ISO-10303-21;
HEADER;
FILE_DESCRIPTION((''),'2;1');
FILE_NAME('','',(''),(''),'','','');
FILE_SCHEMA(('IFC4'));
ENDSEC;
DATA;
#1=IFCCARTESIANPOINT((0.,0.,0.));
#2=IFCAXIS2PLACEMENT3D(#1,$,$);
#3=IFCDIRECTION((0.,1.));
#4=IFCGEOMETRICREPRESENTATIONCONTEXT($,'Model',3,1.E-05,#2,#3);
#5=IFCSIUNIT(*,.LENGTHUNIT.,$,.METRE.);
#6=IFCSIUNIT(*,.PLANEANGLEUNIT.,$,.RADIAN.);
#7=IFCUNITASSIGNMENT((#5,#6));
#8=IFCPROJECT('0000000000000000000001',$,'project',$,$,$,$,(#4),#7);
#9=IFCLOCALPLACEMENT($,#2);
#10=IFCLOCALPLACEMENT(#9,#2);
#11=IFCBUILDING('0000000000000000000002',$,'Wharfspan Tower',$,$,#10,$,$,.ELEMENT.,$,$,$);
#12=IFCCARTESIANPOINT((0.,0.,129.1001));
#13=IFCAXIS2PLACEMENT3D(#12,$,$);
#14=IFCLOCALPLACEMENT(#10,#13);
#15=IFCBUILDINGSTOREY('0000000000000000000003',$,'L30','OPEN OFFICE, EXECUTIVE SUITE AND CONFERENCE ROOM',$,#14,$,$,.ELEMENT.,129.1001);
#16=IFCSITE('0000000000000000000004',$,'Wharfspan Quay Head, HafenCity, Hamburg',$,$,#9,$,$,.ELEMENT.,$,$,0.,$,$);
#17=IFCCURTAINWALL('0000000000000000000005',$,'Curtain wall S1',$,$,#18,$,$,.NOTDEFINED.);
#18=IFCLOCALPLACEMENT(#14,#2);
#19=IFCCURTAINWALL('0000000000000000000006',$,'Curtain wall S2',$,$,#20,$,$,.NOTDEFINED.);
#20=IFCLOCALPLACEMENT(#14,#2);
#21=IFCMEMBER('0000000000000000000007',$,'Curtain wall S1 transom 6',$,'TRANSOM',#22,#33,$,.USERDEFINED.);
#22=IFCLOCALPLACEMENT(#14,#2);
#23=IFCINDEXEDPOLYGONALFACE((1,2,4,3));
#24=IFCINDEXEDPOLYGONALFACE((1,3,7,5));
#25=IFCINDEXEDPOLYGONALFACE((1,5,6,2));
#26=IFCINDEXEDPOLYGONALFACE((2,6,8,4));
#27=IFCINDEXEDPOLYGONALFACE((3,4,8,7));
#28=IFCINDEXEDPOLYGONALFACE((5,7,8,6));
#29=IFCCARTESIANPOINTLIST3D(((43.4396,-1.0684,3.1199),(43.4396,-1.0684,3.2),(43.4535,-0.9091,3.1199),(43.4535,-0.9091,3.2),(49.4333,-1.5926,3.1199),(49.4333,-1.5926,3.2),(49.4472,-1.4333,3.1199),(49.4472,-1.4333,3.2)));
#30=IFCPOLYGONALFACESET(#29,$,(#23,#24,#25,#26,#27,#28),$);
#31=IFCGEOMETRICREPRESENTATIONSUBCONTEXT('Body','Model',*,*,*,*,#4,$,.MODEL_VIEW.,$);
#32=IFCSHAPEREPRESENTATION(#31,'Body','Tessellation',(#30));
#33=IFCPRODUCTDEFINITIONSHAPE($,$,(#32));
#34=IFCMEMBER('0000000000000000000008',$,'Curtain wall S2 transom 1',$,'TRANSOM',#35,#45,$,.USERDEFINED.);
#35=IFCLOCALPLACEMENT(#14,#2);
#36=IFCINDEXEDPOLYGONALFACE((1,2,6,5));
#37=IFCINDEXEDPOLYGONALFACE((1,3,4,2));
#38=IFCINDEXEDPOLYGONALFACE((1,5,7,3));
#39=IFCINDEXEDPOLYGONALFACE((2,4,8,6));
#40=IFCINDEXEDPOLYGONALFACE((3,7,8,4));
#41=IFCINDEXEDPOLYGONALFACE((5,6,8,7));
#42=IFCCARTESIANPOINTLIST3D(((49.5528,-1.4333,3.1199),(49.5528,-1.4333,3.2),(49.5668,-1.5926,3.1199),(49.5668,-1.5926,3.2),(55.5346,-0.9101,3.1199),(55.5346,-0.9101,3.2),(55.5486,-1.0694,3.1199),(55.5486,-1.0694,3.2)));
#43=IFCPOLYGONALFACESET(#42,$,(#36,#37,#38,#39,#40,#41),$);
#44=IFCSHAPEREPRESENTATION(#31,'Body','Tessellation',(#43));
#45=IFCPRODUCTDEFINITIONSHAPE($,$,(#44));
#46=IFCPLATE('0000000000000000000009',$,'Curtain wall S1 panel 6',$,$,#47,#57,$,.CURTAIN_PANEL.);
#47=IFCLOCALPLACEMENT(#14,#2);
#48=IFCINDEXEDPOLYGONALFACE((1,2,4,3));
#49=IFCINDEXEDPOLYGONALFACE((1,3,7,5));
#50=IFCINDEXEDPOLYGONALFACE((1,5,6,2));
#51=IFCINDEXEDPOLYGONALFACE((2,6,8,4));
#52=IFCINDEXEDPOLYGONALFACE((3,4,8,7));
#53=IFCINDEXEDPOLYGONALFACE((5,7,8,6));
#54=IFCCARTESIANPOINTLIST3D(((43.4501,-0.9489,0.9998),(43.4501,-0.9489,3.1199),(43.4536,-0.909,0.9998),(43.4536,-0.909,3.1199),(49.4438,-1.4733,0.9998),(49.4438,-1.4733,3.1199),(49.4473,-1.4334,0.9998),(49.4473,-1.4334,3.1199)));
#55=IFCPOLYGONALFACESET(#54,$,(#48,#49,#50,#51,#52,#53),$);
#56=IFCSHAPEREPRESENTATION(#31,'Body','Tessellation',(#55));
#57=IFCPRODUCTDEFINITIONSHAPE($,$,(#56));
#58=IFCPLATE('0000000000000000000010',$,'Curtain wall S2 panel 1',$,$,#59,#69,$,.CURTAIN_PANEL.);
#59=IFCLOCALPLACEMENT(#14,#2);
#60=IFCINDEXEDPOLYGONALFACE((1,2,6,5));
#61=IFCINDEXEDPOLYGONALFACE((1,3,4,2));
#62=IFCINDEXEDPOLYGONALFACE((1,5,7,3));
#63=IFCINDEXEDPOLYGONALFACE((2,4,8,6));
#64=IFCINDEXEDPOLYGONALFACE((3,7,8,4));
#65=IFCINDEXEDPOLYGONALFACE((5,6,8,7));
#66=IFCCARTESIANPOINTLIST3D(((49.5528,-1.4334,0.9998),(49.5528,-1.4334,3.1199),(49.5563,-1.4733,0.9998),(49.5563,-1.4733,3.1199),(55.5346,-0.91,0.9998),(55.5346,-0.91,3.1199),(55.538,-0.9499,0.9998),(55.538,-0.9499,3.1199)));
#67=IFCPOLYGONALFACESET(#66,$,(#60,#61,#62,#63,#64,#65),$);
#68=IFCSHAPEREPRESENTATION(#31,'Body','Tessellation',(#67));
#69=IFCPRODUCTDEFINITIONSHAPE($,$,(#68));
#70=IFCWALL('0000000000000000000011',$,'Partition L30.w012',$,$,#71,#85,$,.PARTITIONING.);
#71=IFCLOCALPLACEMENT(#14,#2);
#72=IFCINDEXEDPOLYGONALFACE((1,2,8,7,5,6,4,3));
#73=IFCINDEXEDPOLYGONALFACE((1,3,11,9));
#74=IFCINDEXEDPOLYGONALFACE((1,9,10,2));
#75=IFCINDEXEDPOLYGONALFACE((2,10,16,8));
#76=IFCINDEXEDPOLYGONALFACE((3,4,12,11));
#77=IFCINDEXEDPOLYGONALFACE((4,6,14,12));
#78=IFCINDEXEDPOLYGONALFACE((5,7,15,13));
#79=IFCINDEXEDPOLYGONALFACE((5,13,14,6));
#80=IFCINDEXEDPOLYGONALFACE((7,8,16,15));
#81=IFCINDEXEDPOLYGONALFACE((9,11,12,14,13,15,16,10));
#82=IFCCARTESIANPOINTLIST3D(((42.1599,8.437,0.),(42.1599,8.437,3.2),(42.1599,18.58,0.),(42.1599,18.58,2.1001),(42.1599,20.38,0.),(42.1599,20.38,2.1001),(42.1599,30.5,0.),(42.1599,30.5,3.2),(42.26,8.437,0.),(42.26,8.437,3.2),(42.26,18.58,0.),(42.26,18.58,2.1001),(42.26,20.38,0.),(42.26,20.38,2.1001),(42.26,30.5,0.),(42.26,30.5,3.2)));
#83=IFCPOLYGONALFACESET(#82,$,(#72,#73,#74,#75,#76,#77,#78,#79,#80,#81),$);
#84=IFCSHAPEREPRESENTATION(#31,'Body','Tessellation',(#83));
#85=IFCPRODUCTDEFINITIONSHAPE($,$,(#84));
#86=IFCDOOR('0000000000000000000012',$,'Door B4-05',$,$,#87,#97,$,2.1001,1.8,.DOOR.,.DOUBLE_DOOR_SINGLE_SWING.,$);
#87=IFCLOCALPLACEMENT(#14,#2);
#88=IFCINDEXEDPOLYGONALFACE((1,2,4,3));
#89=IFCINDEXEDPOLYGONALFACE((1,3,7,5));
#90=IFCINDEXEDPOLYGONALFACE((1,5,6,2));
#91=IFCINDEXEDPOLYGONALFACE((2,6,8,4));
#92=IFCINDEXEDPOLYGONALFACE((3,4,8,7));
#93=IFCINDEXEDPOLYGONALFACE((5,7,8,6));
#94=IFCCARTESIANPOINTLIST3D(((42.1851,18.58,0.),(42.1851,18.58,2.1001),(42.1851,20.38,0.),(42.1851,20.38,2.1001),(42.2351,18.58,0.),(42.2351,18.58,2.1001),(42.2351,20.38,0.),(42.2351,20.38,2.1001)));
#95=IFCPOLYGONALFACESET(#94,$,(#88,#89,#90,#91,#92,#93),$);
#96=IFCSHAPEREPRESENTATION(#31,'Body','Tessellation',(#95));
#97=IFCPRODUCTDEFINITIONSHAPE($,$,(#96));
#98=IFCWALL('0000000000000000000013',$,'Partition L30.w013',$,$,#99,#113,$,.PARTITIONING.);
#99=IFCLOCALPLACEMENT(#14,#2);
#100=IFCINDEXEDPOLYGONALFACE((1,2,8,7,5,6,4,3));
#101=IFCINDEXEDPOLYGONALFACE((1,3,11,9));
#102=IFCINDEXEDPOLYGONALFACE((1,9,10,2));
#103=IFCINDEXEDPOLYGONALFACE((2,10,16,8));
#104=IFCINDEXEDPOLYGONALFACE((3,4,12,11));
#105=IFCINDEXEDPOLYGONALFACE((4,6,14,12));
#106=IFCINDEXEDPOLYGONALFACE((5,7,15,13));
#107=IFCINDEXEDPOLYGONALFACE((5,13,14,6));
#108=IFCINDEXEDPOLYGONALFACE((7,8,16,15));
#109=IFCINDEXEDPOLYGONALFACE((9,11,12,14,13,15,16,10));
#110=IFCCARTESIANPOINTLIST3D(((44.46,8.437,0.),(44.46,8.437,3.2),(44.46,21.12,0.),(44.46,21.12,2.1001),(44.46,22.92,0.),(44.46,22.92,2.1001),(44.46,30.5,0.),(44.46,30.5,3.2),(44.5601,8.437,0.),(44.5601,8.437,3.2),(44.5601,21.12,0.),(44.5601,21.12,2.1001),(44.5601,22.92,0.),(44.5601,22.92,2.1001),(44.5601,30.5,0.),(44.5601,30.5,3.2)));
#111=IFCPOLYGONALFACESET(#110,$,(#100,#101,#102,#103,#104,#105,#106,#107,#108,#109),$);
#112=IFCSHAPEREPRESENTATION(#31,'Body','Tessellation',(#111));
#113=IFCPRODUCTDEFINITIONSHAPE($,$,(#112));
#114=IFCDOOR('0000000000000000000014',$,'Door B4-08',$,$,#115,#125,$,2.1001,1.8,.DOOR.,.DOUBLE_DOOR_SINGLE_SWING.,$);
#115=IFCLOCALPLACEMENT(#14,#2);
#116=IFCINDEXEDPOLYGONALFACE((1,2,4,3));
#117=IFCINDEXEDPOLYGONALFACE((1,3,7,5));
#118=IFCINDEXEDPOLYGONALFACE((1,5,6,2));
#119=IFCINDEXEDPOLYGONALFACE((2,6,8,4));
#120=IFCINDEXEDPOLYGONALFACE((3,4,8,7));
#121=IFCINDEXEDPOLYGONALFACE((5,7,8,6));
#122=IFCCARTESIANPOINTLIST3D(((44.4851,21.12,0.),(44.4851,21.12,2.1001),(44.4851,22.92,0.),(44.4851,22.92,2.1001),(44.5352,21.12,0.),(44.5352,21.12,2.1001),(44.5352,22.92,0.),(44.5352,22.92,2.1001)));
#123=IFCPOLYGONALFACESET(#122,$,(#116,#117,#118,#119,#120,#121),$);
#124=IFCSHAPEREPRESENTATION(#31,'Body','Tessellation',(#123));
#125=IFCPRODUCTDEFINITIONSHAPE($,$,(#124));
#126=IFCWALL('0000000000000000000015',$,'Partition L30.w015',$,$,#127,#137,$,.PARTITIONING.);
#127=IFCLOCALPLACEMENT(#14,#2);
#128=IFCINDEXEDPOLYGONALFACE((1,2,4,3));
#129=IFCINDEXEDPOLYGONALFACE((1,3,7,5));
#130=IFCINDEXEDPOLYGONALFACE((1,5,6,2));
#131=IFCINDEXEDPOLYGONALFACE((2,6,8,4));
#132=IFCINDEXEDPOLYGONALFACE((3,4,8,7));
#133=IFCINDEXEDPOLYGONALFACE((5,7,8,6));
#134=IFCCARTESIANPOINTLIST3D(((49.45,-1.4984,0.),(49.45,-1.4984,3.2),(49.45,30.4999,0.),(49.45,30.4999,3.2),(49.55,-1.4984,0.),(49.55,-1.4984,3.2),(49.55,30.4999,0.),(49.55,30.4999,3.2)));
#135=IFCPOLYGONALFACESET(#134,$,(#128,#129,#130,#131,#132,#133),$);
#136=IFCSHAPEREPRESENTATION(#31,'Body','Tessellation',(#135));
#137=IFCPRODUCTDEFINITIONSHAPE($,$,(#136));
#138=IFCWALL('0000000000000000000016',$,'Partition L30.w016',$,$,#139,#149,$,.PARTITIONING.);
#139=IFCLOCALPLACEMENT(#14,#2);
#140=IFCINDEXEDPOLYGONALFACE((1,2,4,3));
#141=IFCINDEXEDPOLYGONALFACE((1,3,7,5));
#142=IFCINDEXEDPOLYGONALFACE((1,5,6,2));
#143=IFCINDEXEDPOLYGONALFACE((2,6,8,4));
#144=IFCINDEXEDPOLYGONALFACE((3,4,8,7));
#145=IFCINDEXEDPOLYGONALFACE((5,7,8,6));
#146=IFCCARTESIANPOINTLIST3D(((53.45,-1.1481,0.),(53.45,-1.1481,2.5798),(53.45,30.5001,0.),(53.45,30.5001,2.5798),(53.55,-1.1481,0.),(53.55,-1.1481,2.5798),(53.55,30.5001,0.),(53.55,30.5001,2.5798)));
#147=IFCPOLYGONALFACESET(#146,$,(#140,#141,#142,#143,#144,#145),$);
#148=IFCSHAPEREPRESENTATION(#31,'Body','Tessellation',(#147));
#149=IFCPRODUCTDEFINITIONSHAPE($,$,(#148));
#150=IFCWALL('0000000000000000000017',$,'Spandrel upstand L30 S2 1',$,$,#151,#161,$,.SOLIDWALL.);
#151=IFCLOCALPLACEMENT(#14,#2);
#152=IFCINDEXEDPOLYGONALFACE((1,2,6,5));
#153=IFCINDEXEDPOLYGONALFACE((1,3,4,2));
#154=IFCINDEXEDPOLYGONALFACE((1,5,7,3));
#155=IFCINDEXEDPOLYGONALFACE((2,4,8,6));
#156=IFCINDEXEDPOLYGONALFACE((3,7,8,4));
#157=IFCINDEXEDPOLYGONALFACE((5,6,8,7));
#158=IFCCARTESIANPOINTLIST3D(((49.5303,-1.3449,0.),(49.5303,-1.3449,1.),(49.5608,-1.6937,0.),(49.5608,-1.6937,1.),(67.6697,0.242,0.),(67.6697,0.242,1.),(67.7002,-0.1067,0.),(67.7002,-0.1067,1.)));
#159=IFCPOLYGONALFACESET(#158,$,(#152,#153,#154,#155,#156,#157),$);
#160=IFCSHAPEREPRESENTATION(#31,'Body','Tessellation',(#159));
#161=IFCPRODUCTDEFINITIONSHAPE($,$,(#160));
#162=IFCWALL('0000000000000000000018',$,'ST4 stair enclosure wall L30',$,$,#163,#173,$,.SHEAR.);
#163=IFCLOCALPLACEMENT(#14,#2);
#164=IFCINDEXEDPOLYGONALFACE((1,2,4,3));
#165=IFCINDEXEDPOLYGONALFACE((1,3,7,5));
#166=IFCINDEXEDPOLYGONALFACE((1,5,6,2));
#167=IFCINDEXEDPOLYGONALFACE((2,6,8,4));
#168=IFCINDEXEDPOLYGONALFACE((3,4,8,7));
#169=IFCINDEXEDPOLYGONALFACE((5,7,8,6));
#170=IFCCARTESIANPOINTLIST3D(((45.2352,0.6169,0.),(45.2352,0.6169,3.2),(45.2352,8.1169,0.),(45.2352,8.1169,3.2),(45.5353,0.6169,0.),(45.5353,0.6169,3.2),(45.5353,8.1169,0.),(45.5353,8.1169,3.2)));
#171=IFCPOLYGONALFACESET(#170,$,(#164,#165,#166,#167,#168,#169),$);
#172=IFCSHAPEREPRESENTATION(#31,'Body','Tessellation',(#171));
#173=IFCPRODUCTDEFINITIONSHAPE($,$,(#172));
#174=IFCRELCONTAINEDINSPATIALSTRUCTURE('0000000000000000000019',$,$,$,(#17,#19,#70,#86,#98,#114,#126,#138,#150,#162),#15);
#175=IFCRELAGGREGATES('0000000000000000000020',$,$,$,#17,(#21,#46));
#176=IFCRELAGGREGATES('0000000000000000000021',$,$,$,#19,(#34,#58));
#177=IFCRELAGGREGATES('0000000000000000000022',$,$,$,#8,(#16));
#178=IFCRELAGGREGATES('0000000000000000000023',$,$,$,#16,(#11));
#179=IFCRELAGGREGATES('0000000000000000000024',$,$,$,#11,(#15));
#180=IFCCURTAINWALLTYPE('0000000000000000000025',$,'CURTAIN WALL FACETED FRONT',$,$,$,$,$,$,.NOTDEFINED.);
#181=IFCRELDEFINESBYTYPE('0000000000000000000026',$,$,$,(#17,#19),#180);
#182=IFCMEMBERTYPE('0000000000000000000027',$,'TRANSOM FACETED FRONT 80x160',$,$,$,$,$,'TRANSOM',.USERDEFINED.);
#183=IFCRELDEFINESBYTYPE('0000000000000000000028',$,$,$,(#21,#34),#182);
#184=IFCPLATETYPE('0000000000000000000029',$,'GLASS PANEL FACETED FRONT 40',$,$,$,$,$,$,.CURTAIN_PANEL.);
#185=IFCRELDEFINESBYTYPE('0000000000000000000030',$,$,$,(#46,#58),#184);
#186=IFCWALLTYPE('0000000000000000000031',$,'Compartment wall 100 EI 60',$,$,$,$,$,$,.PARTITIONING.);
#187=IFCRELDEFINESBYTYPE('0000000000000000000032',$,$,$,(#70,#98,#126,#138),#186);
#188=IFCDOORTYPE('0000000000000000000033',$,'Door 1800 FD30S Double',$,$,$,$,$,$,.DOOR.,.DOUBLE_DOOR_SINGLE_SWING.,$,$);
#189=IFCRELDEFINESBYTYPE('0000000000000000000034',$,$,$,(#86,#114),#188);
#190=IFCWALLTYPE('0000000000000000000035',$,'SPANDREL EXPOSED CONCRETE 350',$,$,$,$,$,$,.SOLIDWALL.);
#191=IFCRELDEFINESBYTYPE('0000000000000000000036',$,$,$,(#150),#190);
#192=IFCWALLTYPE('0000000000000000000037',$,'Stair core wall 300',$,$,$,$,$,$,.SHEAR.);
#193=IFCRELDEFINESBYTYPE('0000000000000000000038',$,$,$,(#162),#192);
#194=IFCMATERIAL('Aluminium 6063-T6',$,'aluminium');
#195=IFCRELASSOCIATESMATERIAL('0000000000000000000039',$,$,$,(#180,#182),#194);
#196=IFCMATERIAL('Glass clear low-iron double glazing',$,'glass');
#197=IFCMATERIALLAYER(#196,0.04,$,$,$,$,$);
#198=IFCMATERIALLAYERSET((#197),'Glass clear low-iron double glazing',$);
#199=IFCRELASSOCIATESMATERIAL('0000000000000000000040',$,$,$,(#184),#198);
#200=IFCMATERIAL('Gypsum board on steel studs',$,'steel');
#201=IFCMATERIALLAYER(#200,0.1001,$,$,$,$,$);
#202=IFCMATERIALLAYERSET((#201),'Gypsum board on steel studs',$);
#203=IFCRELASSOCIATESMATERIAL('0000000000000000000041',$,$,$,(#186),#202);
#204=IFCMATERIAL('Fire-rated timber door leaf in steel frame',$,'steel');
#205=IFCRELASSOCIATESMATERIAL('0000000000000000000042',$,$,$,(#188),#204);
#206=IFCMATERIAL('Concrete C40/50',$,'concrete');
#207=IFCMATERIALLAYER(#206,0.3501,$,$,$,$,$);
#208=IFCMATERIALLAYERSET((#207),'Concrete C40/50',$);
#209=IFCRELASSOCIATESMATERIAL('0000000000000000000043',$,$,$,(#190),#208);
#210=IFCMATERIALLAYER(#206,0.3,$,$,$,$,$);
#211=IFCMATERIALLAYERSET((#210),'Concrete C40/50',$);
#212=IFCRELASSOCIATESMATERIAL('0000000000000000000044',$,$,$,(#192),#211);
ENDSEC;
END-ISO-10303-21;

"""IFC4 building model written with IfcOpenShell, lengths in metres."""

from ifc_helpers import new_model, si_unit, direction, frame, frame_2d, origin, origin_2d, place, context, subcontext, project, spatial, rectangle, extrude, material, layer, layer_set, material_profile, profile_set, type_object, element, fill, aggregate, save


model = new_model("IFC4")

# Units and contexts
model_context = context("Model", 3, precision=1e-05, world=origin(), true_north=direction((0.0, 1.0)))
body_context = subcontext(model_context, "Body", "Model", "MODEL_VIEW")
ifc_project = project(units=[si_unit("LENGTHUNIT", "METRE"), si_unit("PLANEANGLEUNIT", "RADIAN")], contexts=[model_context])

# Site, building, storey
site_placement = place(None, origin())
site = spatial("IfcSite", under=ifc_project, at=site_placement, Name="Wharfspan Quay Head, HafenCity, Hamburg", CompositionType="ELEMENT", RefElevation=0.0)
building_placement = place(site_placement, origin())
building = spatial("IfcBuilding", under=site, at=building_placement, Name="Wharfspan Tower", CompositionType="ELEMENT")
storey_placement = place(building_placement, frame((0.0, 0.0, 129.1001)))
storey = spatial("IfcBuildingStorey", under=building, at=storey_placement, Name="L30", Description="OPEN OFFICE, EXECUTIVE SUITE AND CONFERENCE ROOM", CompositionType="ELEMENT", Elevation=129.1001)

# Curtain wall
ifc_material_1 = material(Name="Aluminium 6063-T6", Category="aluminium")
curtain_wall_type = type_object("IfcCurtainWallType", Name="CURTAIN WALL FACETED FRONT", PredefinedType="NOTDEFINED", material=ifc_material_1)
curtain_wall_1_placement = place(storey_placement, origin())
curtain_wall_1 = element("IfcCurtainWall", 1, at=curtain_wall_1_placement, inside=storey, type_object=curtain_wall_type, Name="Curtain wall S1", PredefinedType="NOTDEFINED")

# Curtain wall
curtain_wall_2_placement = place(storey_placement, origin())
curtain_wall_2 = element("IfcCurtainWall", 2, at=curtain_wall_2_placement, inside=storey, type_object=curtain_wall_type, Name="Curtain wall S2", PredefinedType="NOTDEFINED")

# Members
ifc_material_profile_1 = material_profile(ifc_material_1, rectangle(XDim=0.1599, YDim=0.0801, at=origin_2d()))
ifc_profile_set_1 = profile_set([ifc_material_profile_1], Name="Aluminium 6063-T6")
member_type_1 = type_object("IfcMemberType", Name="TRANSOM FACETED FRONT 80x160", ElementType="TRANSOM", PredefinedType="USERDEFINED", material=ifc_profile_set_1)
member_1_placement = place(storey_placement, frame((43.4465, -0.9888, 3.1599), z_axis=(0.996198, -0.087122, 0.0), x_axis=(0.087122, 0.996198, 0.0)))
member_1 = element("IfcMember", 3, at=member_1_placement, type_object=member_type_1, Name="Curtain wall S1 transom 6", ObjectType="TRANSOM", PredefinedType="USERDEFINED", context=body_context, shape_type="SweptSolid", body=[
    extrude(rectangle(XDim=0.1599, YDim=0.0801, at=origin_2d()), origin(), (0.0, 0.0, 1.0), 6.0166),
])
member_2_placement = place(storey_placement, frame((49.5598, -1.5129, 3.1599), z_axis=(0.996197, 0.087133, 0.0), x_axis=(-0.087133, 0.996197, 0.0)))
member_2 = element("IfcMember", 4, at=member_2_placement, type_object=member_type_1, Name="Curtain wall S2 transom 1", ObjectType="TRANSOM", PredefinedType="USERDEFINED", context=body_context, shape_type="SweptSolid", body=[
    extrude(rectangle(XDim=0.1599, YDim=0.0801, at=origin_2d()), origin(), (0.0, 0.0, 1.0), 6.0046),
])

# Plates
ifc_material_2 = material(Name="Glass clear low-iron double glazing", Category="glass")
ifc_layer_1 = layer(ifc_material_2, 0.04)
ifc_layer_set_1 = layer_set([ifc_layer_1], Name="Glass clear low-iron double glazing")
plate_type = type_object("IfcPlateType", Name="GLASS PANEL FACETED FRONT 40", PredefinedType="CURTAIN_PANEL", material=ifc_layer_set_1)
plate_1_placement = place(storey_placement, frame((46.4487, -1.1912, 0.9998), z_axis=(0.0, 0.0, 1.0), x_axis=(0.996198, -0.087156, 0.0)))
plate_1 = element("IfcPlate", 5, at=plate_1_placement, type_object=plate_type, Name="Curtain wall S1 panel 6", PredefinedType="CURTAIN_PANEL", context=body_context, shape_type="SweptSolid", body=[
    extrude(rectangle(XDim=6.0166, YDim=0.04, at=origin_2d()), origin(), (0.0, 0.0, 1.0), 2.1201),
])
aggregate(curtain_wall_1, [member_1, plate_1])
plate_2_placement = place(storey_placement, frame((52.5454, -1.1917, 0.9998), z_axis=(0.0, 0.0, 1.0), x_axis=(0.996198, 0.087156, 0.0)))
plate_2 = element("IfcPlate", 6, at=plate_2_placement, type_object=plate_type, Name="Curtain wall S2 panel 1", PredefinedType="CURTAIN_PANEL", context=body_context, shape_type="SweptSolid", body=[
    extrude(rectangle(XDim=6.0046, YDim=0.04, at=origin_2d()), origin(), (0.0, 0.0, 1.0), 2.1201),
])
aggregate(curtain_wall_2, [member_2, plate_2])

# Walls, openings, doors
ifc_material_3 = material(Name="Gypsum board on steel studs", Category="steel")
ifc_layer_2 = layer(ifc_material_3, 0.1001)
ifc_layer_set_2 = layer_set([ifc_layer_2], Name="Gypsum board on steel studs")
wall_type_1 = type_object("IfcWallType", Name="Compartment wall 100 EI 60", PredefinedType="PARTITIONING", material=ifc_layer_set_2)
wall_1_placement = place(storey_placement, frame((42.21, 8.437, 0.0), z_axis=(0.0, 0.0, 1.0), x_axis=(0.0, 1.0, 0.0)))
wall_1 = element("IfcWall", 7, at=wall_1_placement, inside=storey, type_object=wall_type_1, Name="Partition L30.w012", PredefinedType="PARTITIONING", context=body_context, shape_type="SweptSolid", body=[
    extrude(rectangle(XDim=22.063, YDim=0.1001, at=frame_2d((11.0315, 0.0))), origin(), (0.0, 0.0, 1.0), 3.2),
])
opening_1_placement = place(wall_1_placement, frame((10.1431, 0.0, 0.0)))
opening_1 = element("IfcOpeningElement", 8, at=opening_1_placement, cuts=wall_1, PredefinedType="OPENING", context=body_context, shape_type="SweptSolid", body=[
    extrude(rectangle(XDim=1.8, YDim=2.1001, at=frame_2d((0.8999, 1.05))), frame((0.0, 0.0601, 0.0), z_axis=(0.0, -1.0, 0.0), x_axis=(1.0, 0.0, 0.0)), (0.0, 0.0, 1.0), 0.1201),
])
ifc_material_4 = material(Name="Fire-rated timber door leaf in steel frame", Category="steel")
door_type = type_object("IfcDoorType", Name="Door 1800 FD30S Double", OperationType="DOUBLE_DOOR_SINGLE_SWING", PredefinedType="DOOR", material=ifc_material_4)
door_1_placement = place(opening_1_placement, origin())
door_1 = element("IfcDoor", 9, at=door_1_placement, inside=storey, type_object=door_type, Name="Door B4-05", OperationType="DOUBLE_DOOR_SINGLE_SWING", OverallHeight=2.1001, OverallWidth=1.8, PredefinedType="DOOR", context=body_context, shape_type="SweptSolid", body=[
    extrude(rectangle(XDim=1.8, YDim=2.1001, at=frame_2d((0.8999, 1.05))), frame((0.0, 0.0249, 0.0), z_axis=(0.0, -1.0, 0.0), x_axis=(1.0, 0.0, 0.0)), (0.0, 0.0, 1.0), 0.05),
])
fill(opening_1, door_1)
wall_2_placement = place(storey_placement, frame((44.51, 8.437, 0.0), z_axis=(0.0, 0.0, 1.0), x_axis=(0.0, 1.0, 0.0)))
wall_2 = element("IfcWall", 10, at=wall_2_placement, inside=storey, type_object=wall_type_1, Name="Partition L30.w013", PredefinedType="PARTITIONING", context=body_context, shape_type="SweptSolid", body=[
    extrude(rectangle(XDim=22.063, YDim=0.1001, at=frame_2d((11.0315, 0.0))), origin(), (0.0, 0.0, 1.0), 3.2),
])
opening_2_placement = place(wall_2_placement, frame((12.6831, 0.0, 0.0)))
opening_2 = element("IfcOpeningElement", 11, at=opening_2_placement, cuts=wall_2, PredefinedType="OPENING", context=body_context, shape_type="SweptSolid", body=[
    extrude(rectangle(XDim=1.8, YDim=2.1001, at=frame_2d((0.8999, 1.05))), frame((0.0, 0.0601, 0.0), z_axis=(0.0, -1.0, 0.0), x_axis=(1.0, 0.0, 0.0)), (0.0, 0.0, 1.0), 0.1201),
])
door_2_placement = place(opening_2_placement, origin())
door_2 = element("IfcDoor", 12, at=door_2_placement, inside=storey, type_object=door_type, Name="Door B4-08", OperationType="DOUBLE_DOOR_SINGLE_SWING", OverallHeight=2.1001, OverallWidth=1.8, PredefinedType="DOOR", context=body_context, shape_type="SweptSolid", body=[
    extrude(rectangle(XDim=1.8, YDim=2.1001, at=frame_2d((0.8999, 1.05))), frame((0.0, 0.0249, 0.0), z_axis=(0.0, -1.0, 0.0), x_axis=(1.0, 0.0, 0.0)), (0.0, 0.0, 1.0), 0.05),
])
fill(opening_2, door_2)

# Walls
wall_3_placement = place(storey_placement, frame((49.5, -1.4983, 0.0), z_axis=(0.0, 0.0, 1.0), x_axis=(0.0, 1.0, 0.0)))
element("IfcWall", 13, at=wall_3_placement, inside=storey, type_object=wall_type_1, Name="Partition L30.w015", PredefinedType="PARTITIONING", context=body_context, shape_type="SweptSolid", body=[
    extrude(rectangle(XDim=31.9983, YDim=0.1001, at=frame_2d((15.999, 0.0))), origin(), (0.0, 0.0, 1.0), 3.2),
])
wall_4_placement = place(storey_placement, frame((53.5, -1.1482, 0.0), z_axis=(0.0, 0.0, 1.0), x_axis=(0.0, 1.0, 0.0)))
element("IfcWall", 14, at=wall_4_placement, inside=storey, type_object=wall_type_1, Name="Partition L30.w016", PredefinedType="PARTITIONING", context=body_context, shape_type="SweptSolid", body=[
    extrude(rectangle(XDim=31.6482, YDim=0.1001, at=frame_2d((15.8242, 0.0))), origin(), (0.0, 0.0, 1.0), 2.5798),
])
ifc_material_5 = material(Name="Concrete C40/50", Category="concrete")
ifc_layer_3 = layer(ifc_material_5, 0.3501)
ifc_layer_set_3 = layer_set([ifc_layer_3], Name="Concrete C40/50")
wall_type_2 = type_object("IfcWallType", Name="SPANDREL EXPOSED CONCRETE 350", PredefinedType="SOLIDWALL", material=ifc_layer_set_3)
wall_5_placement = place(storey_placement, frame((49.5454, -1.5193, 0.0), z_axis=(0.0, 0.0, 1.0), x_axis=(0.996191, 0.087151, 0.0)))
element("IfcWall", 15, at=wall_5_placement, inside=storey, type_object=wall_type_2, Name="Spandrel upstand L30 S2 1", PredefinedType="SOLIDWALL", context=body_context, shape_type="SweptSolid", body=[
    extrude(rectangle(XDim=18.2087, YDim=0.3501, at=frame_2d((9.1045, 0.0))), origin(), (0.0, 0.0, 1.0), 1.0),
])
ifc_layer_4 = layer(ifc_material_5, 0.3)
ifc_layer_set_4 = layer_set([ifc_layer_4], Name="Concrete C40/50")
wall_type_3 = type_object("IfcWallType", Name="Stair core wall 300", PredefinedType="SHEAR", material=ifc_layer_set_4)
wall_6_placement = place(storey_placement, frame((45.3853, 0.6169, 0.0), z_axis=(0.0, 0.0, 1.0), x_axis=(0.0, 1.0, 0.0)))
element("IfcWall", 16, at=wall_6_placement, inside=storey, type_object=wall_type_3, Name="ST4 stair enclosure wall L30", PredefinedType="SHEAR", context=body_context, shape_type="SweptSolid", body=[
    extrude(rectangle(XDim=7.5, YDim=0.3, at=frame_2d((3.75, 0.0))), origin(), (0.0, 0.0, 1.0), 3.2),
])

save(model, "model.ifc")
